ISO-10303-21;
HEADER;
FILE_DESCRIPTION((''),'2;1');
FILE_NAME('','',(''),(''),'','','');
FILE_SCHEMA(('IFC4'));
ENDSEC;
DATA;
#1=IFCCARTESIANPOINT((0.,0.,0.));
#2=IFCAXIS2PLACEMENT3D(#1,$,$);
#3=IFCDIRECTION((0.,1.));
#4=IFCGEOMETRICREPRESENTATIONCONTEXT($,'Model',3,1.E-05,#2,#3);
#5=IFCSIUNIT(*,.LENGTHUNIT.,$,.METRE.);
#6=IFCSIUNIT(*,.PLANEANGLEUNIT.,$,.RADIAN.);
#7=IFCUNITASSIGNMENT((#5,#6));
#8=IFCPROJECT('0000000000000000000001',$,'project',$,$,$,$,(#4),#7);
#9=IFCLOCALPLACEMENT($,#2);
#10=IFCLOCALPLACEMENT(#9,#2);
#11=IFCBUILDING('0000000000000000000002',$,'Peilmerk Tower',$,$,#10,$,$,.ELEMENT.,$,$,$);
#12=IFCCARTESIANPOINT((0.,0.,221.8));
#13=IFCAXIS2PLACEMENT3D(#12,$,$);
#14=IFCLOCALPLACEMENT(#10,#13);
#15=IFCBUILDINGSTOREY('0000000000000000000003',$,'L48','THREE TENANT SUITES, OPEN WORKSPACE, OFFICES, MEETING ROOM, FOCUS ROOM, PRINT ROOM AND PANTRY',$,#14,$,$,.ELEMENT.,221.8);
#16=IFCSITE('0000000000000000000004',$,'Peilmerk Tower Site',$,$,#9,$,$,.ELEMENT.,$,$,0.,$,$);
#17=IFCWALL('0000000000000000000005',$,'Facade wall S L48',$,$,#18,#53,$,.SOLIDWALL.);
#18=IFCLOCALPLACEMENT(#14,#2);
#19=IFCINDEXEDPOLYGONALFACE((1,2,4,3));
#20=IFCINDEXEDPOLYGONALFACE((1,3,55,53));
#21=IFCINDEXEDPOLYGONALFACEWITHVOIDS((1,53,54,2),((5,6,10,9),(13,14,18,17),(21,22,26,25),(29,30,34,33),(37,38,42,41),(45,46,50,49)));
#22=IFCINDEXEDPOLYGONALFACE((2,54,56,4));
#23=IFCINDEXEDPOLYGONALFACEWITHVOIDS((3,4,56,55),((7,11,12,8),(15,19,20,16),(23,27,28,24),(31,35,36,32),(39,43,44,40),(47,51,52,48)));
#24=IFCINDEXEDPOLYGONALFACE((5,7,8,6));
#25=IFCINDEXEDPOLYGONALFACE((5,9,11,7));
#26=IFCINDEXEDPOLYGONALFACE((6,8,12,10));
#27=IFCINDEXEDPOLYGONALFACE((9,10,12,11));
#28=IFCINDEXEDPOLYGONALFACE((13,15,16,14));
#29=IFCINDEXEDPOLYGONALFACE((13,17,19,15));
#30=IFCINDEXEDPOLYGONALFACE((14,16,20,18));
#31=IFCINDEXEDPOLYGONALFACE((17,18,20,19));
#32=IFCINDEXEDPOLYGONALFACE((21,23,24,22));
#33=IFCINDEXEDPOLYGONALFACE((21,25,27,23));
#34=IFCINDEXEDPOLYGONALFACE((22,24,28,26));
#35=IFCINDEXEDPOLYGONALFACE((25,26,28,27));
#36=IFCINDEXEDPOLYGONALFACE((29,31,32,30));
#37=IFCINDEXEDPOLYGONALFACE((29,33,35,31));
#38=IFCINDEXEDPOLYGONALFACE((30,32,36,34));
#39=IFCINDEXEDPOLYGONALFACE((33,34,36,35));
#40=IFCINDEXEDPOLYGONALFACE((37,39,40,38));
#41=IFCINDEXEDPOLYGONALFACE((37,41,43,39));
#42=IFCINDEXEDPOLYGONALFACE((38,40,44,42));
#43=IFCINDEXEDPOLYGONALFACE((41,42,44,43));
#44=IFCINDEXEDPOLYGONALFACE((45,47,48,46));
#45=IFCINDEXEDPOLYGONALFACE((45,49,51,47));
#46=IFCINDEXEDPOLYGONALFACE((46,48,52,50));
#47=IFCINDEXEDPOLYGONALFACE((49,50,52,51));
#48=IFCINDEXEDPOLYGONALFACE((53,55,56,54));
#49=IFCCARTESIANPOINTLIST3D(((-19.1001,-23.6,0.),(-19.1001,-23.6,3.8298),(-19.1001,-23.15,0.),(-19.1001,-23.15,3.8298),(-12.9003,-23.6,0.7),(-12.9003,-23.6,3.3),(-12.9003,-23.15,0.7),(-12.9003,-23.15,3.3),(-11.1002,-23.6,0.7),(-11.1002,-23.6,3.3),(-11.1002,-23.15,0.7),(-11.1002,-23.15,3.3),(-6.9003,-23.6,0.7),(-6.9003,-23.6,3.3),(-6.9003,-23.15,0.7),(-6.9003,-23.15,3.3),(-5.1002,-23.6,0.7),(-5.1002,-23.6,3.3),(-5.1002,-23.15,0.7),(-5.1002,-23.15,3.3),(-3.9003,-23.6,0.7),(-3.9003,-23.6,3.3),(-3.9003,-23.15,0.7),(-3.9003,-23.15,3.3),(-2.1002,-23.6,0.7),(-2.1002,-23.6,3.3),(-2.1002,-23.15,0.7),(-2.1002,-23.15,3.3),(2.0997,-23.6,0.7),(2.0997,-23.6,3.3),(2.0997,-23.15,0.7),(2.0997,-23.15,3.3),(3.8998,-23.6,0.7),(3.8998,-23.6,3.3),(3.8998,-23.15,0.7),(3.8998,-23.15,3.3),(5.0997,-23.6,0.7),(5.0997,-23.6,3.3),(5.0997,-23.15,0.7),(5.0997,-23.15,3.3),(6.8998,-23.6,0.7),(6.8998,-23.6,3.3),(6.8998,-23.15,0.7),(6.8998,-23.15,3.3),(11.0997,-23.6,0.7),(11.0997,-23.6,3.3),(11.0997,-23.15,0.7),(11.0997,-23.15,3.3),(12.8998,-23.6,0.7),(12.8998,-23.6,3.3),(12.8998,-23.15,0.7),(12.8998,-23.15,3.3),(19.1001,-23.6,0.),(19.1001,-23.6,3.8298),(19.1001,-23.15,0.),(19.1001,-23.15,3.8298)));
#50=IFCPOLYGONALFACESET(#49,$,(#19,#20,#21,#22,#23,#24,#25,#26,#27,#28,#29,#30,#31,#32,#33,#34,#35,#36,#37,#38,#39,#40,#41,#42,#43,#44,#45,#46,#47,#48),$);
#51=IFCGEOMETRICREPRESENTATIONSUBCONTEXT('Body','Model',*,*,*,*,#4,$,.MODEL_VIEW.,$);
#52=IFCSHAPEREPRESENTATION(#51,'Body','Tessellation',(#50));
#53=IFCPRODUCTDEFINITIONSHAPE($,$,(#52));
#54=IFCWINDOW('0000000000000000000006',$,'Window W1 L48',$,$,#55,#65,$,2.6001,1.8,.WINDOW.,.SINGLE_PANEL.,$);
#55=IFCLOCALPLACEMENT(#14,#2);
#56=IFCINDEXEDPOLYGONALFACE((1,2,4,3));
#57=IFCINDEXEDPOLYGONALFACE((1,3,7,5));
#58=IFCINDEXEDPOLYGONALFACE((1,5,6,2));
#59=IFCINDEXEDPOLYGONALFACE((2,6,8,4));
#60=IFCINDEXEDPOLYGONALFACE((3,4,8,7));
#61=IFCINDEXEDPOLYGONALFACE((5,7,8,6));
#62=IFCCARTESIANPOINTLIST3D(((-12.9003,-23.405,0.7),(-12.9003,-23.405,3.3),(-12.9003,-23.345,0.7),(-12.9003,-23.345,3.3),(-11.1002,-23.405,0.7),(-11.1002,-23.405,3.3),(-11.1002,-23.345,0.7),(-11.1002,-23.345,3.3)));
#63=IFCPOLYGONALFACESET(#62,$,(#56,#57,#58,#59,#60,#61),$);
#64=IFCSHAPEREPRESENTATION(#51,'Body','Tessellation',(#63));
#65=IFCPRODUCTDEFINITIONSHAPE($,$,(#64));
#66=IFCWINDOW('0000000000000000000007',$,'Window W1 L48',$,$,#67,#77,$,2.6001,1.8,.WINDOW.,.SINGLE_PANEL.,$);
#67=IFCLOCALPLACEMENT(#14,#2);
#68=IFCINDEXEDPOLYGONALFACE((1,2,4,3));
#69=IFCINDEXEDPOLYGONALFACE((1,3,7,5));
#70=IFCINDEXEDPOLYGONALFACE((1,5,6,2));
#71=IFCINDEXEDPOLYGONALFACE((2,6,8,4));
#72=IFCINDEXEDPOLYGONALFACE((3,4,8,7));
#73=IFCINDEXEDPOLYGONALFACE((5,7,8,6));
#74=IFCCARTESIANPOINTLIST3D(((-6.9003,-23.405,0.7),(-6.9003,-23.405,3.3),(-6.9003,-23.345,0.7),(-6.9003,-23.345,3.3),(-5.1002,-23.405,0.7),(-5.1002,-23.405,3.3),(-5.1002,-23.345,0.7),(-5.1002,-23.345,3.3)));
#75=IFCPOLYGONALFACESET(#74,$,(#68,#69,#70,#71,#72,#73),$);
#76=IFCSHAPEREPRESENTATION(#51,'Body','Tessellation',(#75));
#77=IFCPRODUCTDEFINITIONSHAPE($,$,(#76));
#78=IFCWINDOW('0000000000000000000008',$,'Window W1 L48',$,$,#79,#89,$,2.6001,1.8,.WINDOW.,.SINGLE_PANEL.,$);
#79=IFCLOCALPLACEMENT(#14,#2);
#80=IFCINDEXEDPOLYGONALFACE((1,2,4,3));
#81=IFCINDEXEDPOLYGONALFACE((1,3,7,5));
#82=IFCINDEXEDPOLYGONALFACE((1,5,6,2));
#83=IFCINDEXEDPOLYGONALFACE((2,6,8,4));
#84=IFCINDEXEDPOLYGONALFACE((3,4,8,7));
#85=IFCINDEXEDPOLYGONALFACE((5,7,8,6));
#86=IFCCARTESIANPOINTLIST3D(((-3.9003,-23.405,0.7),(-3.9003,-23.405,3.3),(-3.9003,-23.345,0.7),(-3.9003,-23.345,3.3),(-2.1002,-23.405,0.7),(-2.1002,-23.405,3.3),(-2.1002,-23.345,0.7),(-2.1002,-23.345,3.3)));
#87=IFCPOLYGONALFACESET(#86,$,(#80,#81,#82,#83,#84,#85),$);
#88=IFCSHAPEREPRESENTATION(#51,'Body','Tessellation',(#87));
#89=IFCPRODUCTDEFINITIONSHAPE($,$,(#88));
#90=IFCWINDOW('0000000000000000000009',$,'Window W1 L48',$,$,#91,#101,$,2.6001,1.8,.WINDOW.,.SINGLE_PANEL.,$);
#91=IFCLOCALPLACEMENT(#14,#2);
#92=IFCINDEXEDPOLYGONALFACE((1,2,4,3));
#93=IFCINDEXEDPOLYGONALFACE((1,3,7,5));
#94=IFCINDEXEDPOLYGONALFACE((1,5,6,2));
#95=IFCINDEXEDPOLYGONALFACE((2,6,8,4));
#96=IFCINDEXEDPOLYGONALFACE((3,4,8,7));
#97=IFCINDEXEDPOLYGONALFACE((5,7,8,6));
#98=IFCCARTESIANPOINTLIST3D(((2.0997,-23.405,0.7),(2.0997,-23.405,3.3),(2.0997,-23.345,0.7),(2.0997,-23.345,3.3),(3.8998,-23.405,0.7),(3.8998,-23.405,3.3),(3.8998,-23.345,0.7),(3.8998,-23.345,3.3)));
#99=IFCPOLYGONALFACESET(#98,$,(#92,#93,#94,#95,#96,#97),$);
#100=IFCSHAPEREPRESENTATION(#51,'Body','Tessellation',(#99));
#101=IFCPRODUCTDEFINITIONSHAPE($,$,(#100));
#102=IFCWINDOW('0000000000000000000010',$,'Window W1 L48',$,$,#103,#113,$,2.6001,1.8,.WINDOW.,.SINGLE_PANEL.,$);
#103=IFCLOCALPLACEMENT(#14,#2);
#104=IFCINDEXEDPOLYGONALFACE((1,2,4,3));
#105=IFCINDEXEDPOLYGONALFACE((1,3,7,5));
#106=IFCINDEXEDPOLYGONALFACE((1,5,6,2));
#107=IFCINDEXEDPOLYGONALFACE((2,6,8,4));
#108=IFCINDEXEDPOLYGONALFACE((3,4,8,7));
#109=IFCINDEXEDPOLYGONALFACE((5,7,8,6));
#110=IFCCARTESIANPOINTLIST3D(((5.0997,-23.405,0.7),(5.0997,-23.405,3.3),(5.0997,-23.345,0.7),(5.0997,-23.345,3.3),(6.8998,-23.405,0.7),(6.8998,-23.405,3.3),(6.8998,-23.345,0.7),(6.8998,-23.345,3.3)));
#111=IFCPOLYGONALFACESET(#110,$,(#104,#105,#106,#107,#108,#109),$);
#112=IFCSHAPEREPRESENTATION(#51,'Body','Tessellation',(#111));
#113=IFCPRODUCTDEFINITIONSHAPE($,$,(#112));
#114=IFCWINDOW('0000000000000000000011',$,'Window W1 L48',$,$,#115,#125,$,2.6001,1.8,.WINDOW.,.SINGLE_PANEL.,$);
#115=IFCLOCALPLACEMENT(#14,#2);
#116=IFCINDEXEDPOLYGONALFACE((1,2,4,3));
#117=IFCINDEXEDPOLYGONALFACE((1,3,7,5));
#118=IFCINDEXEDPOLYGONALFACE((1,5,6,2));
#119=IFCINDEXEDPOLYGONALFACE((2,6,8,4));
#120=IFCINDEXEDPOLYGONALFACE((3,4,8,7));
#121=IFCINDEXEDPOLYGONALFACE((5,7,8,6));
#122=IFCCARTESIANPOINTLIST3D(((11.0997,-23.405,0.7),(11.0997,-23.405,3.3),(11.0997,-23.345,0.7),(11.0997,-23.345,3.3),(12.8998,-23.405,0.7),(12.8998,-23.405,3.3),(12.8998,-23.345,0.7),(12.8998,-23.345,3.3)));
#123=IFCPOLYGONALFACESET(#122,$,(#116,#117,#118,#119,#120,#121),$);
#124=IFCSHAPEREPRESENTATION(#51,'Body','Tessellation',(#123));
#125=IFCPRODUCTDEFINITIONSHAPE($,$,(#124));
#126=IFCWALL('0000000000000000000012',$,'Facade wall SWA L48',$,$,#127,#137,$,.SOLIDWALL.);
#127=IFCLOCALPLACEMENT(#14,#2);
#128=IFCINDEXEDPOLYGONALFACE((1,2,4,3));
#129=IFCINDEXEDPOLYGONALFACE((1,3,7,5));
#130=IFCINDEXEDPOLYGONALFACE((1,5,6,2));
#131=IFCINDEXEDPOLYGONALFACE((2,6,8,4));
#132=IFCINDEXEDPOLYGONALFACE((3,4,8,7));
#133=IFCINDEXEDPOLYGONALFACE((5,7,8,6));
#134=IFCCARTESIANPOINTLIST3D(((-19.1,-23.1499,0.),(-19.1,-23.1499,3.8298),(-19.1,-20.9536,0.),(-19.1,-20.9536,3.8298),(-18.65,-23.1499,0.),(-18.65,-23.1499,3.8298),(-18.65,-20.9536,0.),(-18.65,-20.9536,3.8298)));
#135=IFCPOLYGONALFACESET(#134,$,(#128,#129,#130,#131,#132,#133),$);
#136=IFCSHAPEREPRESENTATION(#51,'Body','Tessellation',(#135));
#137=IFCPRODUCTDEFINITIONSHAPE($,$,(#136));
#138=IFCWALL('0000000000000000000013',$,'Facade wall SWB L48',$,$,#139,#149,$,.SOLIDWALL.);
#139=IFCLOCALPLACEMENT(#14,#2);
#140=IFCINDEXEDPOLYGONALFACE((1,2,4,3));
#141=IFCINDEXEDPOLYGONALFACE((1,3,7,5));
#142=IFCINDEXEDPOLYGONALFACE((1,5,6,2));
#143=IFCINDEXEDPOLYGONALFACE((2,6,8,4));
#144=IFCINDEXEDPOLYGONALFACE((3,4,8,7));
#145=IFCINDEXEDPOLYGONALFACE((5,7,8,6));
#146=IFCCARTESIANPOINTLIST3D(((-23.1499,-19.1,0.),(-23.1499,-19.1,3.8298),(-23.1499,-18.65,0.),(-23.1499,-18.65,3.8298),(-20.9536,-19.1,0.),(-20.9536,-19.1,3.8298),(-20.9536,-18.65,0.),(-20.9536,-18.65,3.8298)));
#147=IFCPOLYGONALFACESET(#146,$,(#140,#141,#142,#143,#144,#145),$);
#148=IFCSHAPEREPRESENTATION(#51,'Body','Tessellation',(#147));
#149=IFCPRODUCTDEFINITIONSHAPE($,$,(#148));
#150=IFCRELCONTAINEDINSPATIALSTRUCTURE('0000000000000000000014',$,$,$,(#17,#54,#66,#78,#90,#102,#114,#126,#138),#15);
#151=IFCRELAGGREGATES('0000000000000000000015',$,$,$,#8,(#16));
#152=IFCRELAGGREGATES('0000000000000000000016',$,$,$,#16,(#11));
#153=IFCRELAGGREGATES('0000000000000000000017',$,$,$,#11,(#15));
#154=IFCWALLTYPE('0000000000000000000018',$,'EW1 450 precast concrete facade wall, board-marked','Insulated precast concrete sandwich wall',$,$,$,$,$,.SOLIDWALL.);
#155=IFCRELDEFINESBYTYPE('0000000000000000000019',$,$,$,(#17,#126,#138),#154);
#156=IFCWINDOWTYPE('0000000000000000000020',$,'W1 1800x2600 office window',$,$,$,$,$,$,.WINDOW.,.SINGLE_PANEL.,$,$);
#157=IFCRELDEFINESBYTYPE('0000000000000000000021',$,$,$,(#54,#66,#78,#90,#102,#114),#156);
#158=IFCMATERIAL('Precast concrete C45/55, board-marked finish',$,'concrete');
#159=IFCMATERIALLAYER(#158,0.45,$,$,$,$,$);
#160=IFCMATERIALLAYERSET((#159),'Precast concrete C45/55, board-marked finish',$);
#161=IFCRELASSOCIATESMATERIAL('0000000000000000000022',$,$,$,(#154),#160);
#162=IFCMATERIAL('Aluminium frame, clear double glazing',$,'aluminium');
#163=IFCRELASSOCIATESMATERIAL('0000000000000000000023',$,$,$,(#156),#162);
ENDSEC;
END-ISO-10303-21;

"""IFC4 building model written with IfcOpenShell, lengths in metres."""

from ifc_helpers import new_model, si_unit, direction, frame, frame_2d, origin, place, context, subcontext, project, spatial, rectangle, extrude, material, layer, layer_set, type_object, element, fill, save


model = new_model("IFC4")

# Units and contexts
model_context = context("Model", 3, precision=1e-05, world=origin(), true_north=direction((0.0, 1.0)))
body_context = subcontext(model_context, "Body", "Model", "MODEL_VIEW")
ifc_project = project(units=[si_unit("LENGTHUNIT", "METRE"), si_unit("PLANEANGLEUNIT", "RADIAN")], contexts=[model_context])

# Site, building, storey
site_placement = place(None, origin())
site = spatial("IfcSite", under=ifc_project, at=site_placement, Name="Peilmerk Tower Site", CompositionType="ELEMENT", RefElevation=0.0)
building_placement = place(site_placement, origin())
building = spatial("IfcBuilding", under=site, at=building_placement, Name="Peilmerk Tower", CompositionType="ELEMENT")
storey_placement = place(building_placement, frame((0.0, 0.0, 221.8)))
storey = spatial("IfcBuildingStorey", under=building, at=storey_placement, Name="L48", Description="THREE TENANT SUITES, OPEN WORKSPACE, OFFICES, MEETING ROOM, FOCUS ROOM, PRINT ROOM AND PANTRY", CompositionType="ELEMENT", Elevation=221.8)

# Wall, openings, windows
ifc_material_1 = material(Name="Precast concrete C45/55, board-marked finish", Category="concrete")
ifc_layer_1 = layer(ifc_material_1, 0.45)
ifc_layer_set_1 = layer_set([ifc_layer_1], Name="Precast concrete C45/55, board-marked finish")
wall_type = type_object("IfcWallType", Name="EW1 450 precast concrete facade wall, board-marked", Description="Insulated precast concrete sandwich wall", PredefinedType="SOLIDWALL", material=ifc_layer_set_1)
wall_placement = place(storey_placement, frame((-19.1001, -23.375, 0.0), z_axis=(0.0, 0.0, 1.0), x_axis=(1.0, 0.0, 0.0)))
wall = element("IfcWall", 1, at=wall_placement, inside=storey, type_object=wall_type, Name="Facade wall S L48", PredefinedType="SOLIDWALL", context=body_context, shape_type="SweptSolid", body=[
    extrude(rectangle(XDim=38.2002, YDim=0.45, at=frame_2d((19.1001, 0.0))), origin(), (0.0, 0.0, 1.0), 3.8298),
])
opening_1_placement = place(wall_placement, frame((6.2, 0.0, 0.7)))
opening_1 = element("IfcOpeningElement", 2, at=opening_1_placement, cuts=wall, PredefinedType="OPENING", context=body_context, shape_type="SweptSolid", body=[
    extrude(rectangle(XDim=1.8, YDim=2.6001, at=frame_2d((0.8999, 1.3))), frame((0.0, 0.2349, 0.0), z_axis=(0.0, -1.0, 0.0), x_axis=(1.0, 0.0, 0.0)), (0.0, 0.0, 1.0), 0.47),
])
opening_2_placement = place(wall_placement, frame((12.2, 0.0, 0.7)))
opening_2 = element("IfcOpeningElement", 3, at=opening_2_placement, cuts=wall, PredefinedType="OPENING", context=body_context, shape_type="SweptSolid", body=[
    extrude(rectangle(XDim=1.8, YDim=2.6001, at=frame_2d((0.8999, 1.3))), frame((0.0, 0.2349, 0.0), z_axis=(0.0, -1.0, 0.0), x_axis=(1.0, 0.0, 0.0)), (0.0, 0.0, 1.0), 0.47),
])
opening_3_placement = place(wall_placement, frame((15.2, 0.0, 0.7)))
opening_3 = element("IfcOpeningElement", 4, at=opening_3_placement, cuts=wall, PredefinedType="OPENING", context=body_context, shape_type="SweptSolid", body=[
    extrude(rectangle(XDim=1.8, YDim=2.6001, at=frame_2d((0.8999, 1.3))), frame((0.0, 0.2349, 0.0), z_axis=(0.0, -1.0, 0.0), x_axis=(1.0, 0.0, 0.0)), (0.0, 0.0, 1.0), 0.47),
])
opening_4_placement = place(wall_placement, frame((21.2, 0.0, 0.7)))
opening_4 = element("IfcOpeningElement", 5, at=opening_4_placement, cuts=wall, PredefinedType="OPENING", context=body_context, shape_type="SweptSolid", body=[
    extrude(rectangle(XDim=1.8, YDim=2.6001, at=frame_2d((0.8999, 1.3))), frame((0.0, 0.2349, 0.0), z_axis=(0.0, -1.0, 0.0), x_axis=(1.0, 0.0, 0.0)), (0.0, 0.0, 1.0), 0.47),
])
opening_5_placement = place(wall_placement, frame((24.2, 0.0, 0.7)))
opening_5 = element("IfcOpeningElement", 6, at=opening_5_placement, cuts=wall, PredefinedType="OPENING", context=body_context, shape_type="SweptSolid", body=[
    extrude(rectangle(XDim=1.8, YDim=2.6001, at=frame_2d((0.8999, 1.3))), frame((0.0, 0.2349, 0.0), z_axis=(0.0, -1.0, 0.0), x_axis=(1.0, 0.0, 0.0)), (0.0, 0.0, 1.0), 0.47),
])
opening_6_placement = place(wall_placement, frame((30.2, 0.0, 0.7)))
opening_6 = element("IfcOpeningElement", 7, at=opening_6_placement, cuts=wall, PredefinedType="OPENING", context=body_context, shape_type="SweptSolid", body=[
    extrude(rectangle(XDim=1.8, YDim=2.6001, at=frame_2d((0.8999, 1.3))), frame((0.0, 0.2349, 0.0), z_axis=(0.0, -1.0, 0.0), x_axis=(1.0, 0.0, 0.0)), (0.0, 0.0, 1.0), 0.47),
])
ifc_material_2 = material(Name="Aluminium frame, clear double glazing", Category="aluminium")
window_type = type_object("IfcWindowType", Name="W1 1800x2600 office window", PartitioningType="SINGLE_PANEL", PredefinedType="WINDOW", material=ifc_material_2)
window_1_placement = place(opening_1_placement, origin())
window_1 = element("IfcWindow", 8, at=window_1_placement, inside=storey, type_object=window_type, Name="Window W1 L48", OverallHeight=2.6001, OverallWidth=1.8, PartitioningType="SINGLE_PANEL", PredefinedType="WINDOW", context=body_context, shape_type="SweptSolid", body=[
    extrude(rectangle(XDim=1.8, YDim=2.6001, at=frame_2d((0.8999, 1.3))), frame((0.0, 0.03, 0.0), z_axis=(0.0, -1.0, 0.0), x_axis=(1.0, 0.0, 0.0)), (0.0, 0.0, 1.0), 0.0601),
])
fill(opening_1, window_1)
window_2_placement = place(opening_2_placement, origin())
window_2 = element("IfcWindow", 9, at=window_2_placement, inside=storey, type_object=window_type, Name="Window W1 L48", OverallHeight=2.6001, OverallWidth=1.8, PartitioningType="SINGLE_PANEL", PredefinedType="WINDOW", context=body_context, shape_type="SweptSolid", body=[
    extrude(rectangle(XDim=1.8, YDim=2.6001, at=frame_2d((0.8999, 1.3))), frame((0.0, 0.03, 0.0), z_axis=(0.0, -1.0, 0.0), x_axis=(1.0, 0.0, 0.0)), (0.0, 0.0, 1.0), 0.0601),
])
fill(opening_2, window_2)
window_3_placement = place(opening_3_placement, origin())
window_3 = element("IfcWindow", 10, at=window_3_placement, inside=storey, type_object=window_type, Name="Window W1 L48", OverallHeight=2.6001, OverallWidth=1.8, PartitioningType="SINGLE_PANEL", PredefinedType="WINDOW", context=body_context, shape_type="SweptSolid", body=[
    extrude(rectangle(XDim=1.8, YDim=2.6001, at=frame_2d((0.8999, 1.3))), frame((0.0, 0.03, 0.0), z_axis=(0.0, -1.0, 0.0), x_axis=(1.0, 0.0, 0.0)), (0.0, 0.0, 1.0), 0.0601),
])
fill(opening_3, window_3)
window_4_placement = place(opening_4_placement, origin())
window_4 = element("IfcWindow", 11, at=window_4_placement, inside=storey, type_object=window_type, Name="Window W1 L48", OverallHeight=2.6001, OverallWidth=1.8, PartitioningType="SINGLE_PANEL", PredefinedType="WINDOW", context=body_context, shape_type="SweptSolid", body=[
    extrude(rectangle(XDim=1.8, YDim=2.6001, at=frame_2d((0.8999, 1.3))), frame((0.0, 0.03, 0.0), z_axis=(0.0, -1.0, 0.0), x_axis=(1.0, 0.0, 0.0)), (0.0, 0.0, 1.0), 0.0601),
])
fill(opening_4, window_4)
window_5_placement = place(opening_5_placement, origin())
window_5 = element("IfcWindow", 12, at=window_5_placement, inside=storey, type_object=window_type, Name="Window W1 L48", OverallHeight=2.6001, OverallWidth=1.8, PartitioningType="SINGLE_PANEL", PredefinedType="WINDOW", context=body_context, shape_type="SweptSolid", body=[
    extrude(rectangle(XDim=1.8, YDim=2.6001, at=frame_2d((0.8999, 1.3))), frame((0.0, 0.03, 0.0), z_axis=(0.0, -1.0, 0.0), x_axis=(1.0, 0.0, 0.0)), (0.0, 0.0, 1.0), 0.0601),
])
fill(opening_5, window_5)
window_6_placement = place(opening_6_placement, origin())
window_6 = element("IfcWindow", 13, at=window_6_placement, inside=storey, type_object=window_type, Name="Window W1 L48", OverallHeight=2.6001, OverallWidth=1.8, PartitioningType="SINGLE_PANEL", PredefinedType="WINDOW", context=body_context, shape_type="SweptSolid", body=[
    extrude(rectangle(XDim=1.8, YDim=2.6001, at=frame_2d((0.8999, 1.3))), frame((0.0, 0.03, 0.0), z_axis=(0.0, -1.0, 0.0), x_axis=(1.0, 0.0, 0.0)), (0.0, 0.0, 1.0), 0.0601),
])
fill(opening_6, window_6)

# Walls
for number, where, z_axis, x_axis, name in (
    (14, (-18.875, -20.9536, 0.0), (0.0, 0.0, 1.0), (0.0, -1.0, 0.0), "Facade wall SWA L48"),
    (15, (-20.9536, -18.875, 0.0), (0.0, 0.0, 1.0), (-1.0, 0.0, 0.0), "Facade wall SWB L48"),
):
    element("IfcWall", number, at=place(storey_placement, frame(where, z_axis=z_axis, x_axis=x_axis)), inside=storey, type_object=wall_type, Name=name, PredefinedType="SOLIDWALL", context=body_context, shape_type="SweptSolid", body=[
        extrude(rectangle(XDim=2.1963, YDim=0.45, at=frame_2d((1.0981, 0.0))), origin(), (0.0, 0.0, 1.0), 3.8298),
    ])

save(model, "model.ifc")
